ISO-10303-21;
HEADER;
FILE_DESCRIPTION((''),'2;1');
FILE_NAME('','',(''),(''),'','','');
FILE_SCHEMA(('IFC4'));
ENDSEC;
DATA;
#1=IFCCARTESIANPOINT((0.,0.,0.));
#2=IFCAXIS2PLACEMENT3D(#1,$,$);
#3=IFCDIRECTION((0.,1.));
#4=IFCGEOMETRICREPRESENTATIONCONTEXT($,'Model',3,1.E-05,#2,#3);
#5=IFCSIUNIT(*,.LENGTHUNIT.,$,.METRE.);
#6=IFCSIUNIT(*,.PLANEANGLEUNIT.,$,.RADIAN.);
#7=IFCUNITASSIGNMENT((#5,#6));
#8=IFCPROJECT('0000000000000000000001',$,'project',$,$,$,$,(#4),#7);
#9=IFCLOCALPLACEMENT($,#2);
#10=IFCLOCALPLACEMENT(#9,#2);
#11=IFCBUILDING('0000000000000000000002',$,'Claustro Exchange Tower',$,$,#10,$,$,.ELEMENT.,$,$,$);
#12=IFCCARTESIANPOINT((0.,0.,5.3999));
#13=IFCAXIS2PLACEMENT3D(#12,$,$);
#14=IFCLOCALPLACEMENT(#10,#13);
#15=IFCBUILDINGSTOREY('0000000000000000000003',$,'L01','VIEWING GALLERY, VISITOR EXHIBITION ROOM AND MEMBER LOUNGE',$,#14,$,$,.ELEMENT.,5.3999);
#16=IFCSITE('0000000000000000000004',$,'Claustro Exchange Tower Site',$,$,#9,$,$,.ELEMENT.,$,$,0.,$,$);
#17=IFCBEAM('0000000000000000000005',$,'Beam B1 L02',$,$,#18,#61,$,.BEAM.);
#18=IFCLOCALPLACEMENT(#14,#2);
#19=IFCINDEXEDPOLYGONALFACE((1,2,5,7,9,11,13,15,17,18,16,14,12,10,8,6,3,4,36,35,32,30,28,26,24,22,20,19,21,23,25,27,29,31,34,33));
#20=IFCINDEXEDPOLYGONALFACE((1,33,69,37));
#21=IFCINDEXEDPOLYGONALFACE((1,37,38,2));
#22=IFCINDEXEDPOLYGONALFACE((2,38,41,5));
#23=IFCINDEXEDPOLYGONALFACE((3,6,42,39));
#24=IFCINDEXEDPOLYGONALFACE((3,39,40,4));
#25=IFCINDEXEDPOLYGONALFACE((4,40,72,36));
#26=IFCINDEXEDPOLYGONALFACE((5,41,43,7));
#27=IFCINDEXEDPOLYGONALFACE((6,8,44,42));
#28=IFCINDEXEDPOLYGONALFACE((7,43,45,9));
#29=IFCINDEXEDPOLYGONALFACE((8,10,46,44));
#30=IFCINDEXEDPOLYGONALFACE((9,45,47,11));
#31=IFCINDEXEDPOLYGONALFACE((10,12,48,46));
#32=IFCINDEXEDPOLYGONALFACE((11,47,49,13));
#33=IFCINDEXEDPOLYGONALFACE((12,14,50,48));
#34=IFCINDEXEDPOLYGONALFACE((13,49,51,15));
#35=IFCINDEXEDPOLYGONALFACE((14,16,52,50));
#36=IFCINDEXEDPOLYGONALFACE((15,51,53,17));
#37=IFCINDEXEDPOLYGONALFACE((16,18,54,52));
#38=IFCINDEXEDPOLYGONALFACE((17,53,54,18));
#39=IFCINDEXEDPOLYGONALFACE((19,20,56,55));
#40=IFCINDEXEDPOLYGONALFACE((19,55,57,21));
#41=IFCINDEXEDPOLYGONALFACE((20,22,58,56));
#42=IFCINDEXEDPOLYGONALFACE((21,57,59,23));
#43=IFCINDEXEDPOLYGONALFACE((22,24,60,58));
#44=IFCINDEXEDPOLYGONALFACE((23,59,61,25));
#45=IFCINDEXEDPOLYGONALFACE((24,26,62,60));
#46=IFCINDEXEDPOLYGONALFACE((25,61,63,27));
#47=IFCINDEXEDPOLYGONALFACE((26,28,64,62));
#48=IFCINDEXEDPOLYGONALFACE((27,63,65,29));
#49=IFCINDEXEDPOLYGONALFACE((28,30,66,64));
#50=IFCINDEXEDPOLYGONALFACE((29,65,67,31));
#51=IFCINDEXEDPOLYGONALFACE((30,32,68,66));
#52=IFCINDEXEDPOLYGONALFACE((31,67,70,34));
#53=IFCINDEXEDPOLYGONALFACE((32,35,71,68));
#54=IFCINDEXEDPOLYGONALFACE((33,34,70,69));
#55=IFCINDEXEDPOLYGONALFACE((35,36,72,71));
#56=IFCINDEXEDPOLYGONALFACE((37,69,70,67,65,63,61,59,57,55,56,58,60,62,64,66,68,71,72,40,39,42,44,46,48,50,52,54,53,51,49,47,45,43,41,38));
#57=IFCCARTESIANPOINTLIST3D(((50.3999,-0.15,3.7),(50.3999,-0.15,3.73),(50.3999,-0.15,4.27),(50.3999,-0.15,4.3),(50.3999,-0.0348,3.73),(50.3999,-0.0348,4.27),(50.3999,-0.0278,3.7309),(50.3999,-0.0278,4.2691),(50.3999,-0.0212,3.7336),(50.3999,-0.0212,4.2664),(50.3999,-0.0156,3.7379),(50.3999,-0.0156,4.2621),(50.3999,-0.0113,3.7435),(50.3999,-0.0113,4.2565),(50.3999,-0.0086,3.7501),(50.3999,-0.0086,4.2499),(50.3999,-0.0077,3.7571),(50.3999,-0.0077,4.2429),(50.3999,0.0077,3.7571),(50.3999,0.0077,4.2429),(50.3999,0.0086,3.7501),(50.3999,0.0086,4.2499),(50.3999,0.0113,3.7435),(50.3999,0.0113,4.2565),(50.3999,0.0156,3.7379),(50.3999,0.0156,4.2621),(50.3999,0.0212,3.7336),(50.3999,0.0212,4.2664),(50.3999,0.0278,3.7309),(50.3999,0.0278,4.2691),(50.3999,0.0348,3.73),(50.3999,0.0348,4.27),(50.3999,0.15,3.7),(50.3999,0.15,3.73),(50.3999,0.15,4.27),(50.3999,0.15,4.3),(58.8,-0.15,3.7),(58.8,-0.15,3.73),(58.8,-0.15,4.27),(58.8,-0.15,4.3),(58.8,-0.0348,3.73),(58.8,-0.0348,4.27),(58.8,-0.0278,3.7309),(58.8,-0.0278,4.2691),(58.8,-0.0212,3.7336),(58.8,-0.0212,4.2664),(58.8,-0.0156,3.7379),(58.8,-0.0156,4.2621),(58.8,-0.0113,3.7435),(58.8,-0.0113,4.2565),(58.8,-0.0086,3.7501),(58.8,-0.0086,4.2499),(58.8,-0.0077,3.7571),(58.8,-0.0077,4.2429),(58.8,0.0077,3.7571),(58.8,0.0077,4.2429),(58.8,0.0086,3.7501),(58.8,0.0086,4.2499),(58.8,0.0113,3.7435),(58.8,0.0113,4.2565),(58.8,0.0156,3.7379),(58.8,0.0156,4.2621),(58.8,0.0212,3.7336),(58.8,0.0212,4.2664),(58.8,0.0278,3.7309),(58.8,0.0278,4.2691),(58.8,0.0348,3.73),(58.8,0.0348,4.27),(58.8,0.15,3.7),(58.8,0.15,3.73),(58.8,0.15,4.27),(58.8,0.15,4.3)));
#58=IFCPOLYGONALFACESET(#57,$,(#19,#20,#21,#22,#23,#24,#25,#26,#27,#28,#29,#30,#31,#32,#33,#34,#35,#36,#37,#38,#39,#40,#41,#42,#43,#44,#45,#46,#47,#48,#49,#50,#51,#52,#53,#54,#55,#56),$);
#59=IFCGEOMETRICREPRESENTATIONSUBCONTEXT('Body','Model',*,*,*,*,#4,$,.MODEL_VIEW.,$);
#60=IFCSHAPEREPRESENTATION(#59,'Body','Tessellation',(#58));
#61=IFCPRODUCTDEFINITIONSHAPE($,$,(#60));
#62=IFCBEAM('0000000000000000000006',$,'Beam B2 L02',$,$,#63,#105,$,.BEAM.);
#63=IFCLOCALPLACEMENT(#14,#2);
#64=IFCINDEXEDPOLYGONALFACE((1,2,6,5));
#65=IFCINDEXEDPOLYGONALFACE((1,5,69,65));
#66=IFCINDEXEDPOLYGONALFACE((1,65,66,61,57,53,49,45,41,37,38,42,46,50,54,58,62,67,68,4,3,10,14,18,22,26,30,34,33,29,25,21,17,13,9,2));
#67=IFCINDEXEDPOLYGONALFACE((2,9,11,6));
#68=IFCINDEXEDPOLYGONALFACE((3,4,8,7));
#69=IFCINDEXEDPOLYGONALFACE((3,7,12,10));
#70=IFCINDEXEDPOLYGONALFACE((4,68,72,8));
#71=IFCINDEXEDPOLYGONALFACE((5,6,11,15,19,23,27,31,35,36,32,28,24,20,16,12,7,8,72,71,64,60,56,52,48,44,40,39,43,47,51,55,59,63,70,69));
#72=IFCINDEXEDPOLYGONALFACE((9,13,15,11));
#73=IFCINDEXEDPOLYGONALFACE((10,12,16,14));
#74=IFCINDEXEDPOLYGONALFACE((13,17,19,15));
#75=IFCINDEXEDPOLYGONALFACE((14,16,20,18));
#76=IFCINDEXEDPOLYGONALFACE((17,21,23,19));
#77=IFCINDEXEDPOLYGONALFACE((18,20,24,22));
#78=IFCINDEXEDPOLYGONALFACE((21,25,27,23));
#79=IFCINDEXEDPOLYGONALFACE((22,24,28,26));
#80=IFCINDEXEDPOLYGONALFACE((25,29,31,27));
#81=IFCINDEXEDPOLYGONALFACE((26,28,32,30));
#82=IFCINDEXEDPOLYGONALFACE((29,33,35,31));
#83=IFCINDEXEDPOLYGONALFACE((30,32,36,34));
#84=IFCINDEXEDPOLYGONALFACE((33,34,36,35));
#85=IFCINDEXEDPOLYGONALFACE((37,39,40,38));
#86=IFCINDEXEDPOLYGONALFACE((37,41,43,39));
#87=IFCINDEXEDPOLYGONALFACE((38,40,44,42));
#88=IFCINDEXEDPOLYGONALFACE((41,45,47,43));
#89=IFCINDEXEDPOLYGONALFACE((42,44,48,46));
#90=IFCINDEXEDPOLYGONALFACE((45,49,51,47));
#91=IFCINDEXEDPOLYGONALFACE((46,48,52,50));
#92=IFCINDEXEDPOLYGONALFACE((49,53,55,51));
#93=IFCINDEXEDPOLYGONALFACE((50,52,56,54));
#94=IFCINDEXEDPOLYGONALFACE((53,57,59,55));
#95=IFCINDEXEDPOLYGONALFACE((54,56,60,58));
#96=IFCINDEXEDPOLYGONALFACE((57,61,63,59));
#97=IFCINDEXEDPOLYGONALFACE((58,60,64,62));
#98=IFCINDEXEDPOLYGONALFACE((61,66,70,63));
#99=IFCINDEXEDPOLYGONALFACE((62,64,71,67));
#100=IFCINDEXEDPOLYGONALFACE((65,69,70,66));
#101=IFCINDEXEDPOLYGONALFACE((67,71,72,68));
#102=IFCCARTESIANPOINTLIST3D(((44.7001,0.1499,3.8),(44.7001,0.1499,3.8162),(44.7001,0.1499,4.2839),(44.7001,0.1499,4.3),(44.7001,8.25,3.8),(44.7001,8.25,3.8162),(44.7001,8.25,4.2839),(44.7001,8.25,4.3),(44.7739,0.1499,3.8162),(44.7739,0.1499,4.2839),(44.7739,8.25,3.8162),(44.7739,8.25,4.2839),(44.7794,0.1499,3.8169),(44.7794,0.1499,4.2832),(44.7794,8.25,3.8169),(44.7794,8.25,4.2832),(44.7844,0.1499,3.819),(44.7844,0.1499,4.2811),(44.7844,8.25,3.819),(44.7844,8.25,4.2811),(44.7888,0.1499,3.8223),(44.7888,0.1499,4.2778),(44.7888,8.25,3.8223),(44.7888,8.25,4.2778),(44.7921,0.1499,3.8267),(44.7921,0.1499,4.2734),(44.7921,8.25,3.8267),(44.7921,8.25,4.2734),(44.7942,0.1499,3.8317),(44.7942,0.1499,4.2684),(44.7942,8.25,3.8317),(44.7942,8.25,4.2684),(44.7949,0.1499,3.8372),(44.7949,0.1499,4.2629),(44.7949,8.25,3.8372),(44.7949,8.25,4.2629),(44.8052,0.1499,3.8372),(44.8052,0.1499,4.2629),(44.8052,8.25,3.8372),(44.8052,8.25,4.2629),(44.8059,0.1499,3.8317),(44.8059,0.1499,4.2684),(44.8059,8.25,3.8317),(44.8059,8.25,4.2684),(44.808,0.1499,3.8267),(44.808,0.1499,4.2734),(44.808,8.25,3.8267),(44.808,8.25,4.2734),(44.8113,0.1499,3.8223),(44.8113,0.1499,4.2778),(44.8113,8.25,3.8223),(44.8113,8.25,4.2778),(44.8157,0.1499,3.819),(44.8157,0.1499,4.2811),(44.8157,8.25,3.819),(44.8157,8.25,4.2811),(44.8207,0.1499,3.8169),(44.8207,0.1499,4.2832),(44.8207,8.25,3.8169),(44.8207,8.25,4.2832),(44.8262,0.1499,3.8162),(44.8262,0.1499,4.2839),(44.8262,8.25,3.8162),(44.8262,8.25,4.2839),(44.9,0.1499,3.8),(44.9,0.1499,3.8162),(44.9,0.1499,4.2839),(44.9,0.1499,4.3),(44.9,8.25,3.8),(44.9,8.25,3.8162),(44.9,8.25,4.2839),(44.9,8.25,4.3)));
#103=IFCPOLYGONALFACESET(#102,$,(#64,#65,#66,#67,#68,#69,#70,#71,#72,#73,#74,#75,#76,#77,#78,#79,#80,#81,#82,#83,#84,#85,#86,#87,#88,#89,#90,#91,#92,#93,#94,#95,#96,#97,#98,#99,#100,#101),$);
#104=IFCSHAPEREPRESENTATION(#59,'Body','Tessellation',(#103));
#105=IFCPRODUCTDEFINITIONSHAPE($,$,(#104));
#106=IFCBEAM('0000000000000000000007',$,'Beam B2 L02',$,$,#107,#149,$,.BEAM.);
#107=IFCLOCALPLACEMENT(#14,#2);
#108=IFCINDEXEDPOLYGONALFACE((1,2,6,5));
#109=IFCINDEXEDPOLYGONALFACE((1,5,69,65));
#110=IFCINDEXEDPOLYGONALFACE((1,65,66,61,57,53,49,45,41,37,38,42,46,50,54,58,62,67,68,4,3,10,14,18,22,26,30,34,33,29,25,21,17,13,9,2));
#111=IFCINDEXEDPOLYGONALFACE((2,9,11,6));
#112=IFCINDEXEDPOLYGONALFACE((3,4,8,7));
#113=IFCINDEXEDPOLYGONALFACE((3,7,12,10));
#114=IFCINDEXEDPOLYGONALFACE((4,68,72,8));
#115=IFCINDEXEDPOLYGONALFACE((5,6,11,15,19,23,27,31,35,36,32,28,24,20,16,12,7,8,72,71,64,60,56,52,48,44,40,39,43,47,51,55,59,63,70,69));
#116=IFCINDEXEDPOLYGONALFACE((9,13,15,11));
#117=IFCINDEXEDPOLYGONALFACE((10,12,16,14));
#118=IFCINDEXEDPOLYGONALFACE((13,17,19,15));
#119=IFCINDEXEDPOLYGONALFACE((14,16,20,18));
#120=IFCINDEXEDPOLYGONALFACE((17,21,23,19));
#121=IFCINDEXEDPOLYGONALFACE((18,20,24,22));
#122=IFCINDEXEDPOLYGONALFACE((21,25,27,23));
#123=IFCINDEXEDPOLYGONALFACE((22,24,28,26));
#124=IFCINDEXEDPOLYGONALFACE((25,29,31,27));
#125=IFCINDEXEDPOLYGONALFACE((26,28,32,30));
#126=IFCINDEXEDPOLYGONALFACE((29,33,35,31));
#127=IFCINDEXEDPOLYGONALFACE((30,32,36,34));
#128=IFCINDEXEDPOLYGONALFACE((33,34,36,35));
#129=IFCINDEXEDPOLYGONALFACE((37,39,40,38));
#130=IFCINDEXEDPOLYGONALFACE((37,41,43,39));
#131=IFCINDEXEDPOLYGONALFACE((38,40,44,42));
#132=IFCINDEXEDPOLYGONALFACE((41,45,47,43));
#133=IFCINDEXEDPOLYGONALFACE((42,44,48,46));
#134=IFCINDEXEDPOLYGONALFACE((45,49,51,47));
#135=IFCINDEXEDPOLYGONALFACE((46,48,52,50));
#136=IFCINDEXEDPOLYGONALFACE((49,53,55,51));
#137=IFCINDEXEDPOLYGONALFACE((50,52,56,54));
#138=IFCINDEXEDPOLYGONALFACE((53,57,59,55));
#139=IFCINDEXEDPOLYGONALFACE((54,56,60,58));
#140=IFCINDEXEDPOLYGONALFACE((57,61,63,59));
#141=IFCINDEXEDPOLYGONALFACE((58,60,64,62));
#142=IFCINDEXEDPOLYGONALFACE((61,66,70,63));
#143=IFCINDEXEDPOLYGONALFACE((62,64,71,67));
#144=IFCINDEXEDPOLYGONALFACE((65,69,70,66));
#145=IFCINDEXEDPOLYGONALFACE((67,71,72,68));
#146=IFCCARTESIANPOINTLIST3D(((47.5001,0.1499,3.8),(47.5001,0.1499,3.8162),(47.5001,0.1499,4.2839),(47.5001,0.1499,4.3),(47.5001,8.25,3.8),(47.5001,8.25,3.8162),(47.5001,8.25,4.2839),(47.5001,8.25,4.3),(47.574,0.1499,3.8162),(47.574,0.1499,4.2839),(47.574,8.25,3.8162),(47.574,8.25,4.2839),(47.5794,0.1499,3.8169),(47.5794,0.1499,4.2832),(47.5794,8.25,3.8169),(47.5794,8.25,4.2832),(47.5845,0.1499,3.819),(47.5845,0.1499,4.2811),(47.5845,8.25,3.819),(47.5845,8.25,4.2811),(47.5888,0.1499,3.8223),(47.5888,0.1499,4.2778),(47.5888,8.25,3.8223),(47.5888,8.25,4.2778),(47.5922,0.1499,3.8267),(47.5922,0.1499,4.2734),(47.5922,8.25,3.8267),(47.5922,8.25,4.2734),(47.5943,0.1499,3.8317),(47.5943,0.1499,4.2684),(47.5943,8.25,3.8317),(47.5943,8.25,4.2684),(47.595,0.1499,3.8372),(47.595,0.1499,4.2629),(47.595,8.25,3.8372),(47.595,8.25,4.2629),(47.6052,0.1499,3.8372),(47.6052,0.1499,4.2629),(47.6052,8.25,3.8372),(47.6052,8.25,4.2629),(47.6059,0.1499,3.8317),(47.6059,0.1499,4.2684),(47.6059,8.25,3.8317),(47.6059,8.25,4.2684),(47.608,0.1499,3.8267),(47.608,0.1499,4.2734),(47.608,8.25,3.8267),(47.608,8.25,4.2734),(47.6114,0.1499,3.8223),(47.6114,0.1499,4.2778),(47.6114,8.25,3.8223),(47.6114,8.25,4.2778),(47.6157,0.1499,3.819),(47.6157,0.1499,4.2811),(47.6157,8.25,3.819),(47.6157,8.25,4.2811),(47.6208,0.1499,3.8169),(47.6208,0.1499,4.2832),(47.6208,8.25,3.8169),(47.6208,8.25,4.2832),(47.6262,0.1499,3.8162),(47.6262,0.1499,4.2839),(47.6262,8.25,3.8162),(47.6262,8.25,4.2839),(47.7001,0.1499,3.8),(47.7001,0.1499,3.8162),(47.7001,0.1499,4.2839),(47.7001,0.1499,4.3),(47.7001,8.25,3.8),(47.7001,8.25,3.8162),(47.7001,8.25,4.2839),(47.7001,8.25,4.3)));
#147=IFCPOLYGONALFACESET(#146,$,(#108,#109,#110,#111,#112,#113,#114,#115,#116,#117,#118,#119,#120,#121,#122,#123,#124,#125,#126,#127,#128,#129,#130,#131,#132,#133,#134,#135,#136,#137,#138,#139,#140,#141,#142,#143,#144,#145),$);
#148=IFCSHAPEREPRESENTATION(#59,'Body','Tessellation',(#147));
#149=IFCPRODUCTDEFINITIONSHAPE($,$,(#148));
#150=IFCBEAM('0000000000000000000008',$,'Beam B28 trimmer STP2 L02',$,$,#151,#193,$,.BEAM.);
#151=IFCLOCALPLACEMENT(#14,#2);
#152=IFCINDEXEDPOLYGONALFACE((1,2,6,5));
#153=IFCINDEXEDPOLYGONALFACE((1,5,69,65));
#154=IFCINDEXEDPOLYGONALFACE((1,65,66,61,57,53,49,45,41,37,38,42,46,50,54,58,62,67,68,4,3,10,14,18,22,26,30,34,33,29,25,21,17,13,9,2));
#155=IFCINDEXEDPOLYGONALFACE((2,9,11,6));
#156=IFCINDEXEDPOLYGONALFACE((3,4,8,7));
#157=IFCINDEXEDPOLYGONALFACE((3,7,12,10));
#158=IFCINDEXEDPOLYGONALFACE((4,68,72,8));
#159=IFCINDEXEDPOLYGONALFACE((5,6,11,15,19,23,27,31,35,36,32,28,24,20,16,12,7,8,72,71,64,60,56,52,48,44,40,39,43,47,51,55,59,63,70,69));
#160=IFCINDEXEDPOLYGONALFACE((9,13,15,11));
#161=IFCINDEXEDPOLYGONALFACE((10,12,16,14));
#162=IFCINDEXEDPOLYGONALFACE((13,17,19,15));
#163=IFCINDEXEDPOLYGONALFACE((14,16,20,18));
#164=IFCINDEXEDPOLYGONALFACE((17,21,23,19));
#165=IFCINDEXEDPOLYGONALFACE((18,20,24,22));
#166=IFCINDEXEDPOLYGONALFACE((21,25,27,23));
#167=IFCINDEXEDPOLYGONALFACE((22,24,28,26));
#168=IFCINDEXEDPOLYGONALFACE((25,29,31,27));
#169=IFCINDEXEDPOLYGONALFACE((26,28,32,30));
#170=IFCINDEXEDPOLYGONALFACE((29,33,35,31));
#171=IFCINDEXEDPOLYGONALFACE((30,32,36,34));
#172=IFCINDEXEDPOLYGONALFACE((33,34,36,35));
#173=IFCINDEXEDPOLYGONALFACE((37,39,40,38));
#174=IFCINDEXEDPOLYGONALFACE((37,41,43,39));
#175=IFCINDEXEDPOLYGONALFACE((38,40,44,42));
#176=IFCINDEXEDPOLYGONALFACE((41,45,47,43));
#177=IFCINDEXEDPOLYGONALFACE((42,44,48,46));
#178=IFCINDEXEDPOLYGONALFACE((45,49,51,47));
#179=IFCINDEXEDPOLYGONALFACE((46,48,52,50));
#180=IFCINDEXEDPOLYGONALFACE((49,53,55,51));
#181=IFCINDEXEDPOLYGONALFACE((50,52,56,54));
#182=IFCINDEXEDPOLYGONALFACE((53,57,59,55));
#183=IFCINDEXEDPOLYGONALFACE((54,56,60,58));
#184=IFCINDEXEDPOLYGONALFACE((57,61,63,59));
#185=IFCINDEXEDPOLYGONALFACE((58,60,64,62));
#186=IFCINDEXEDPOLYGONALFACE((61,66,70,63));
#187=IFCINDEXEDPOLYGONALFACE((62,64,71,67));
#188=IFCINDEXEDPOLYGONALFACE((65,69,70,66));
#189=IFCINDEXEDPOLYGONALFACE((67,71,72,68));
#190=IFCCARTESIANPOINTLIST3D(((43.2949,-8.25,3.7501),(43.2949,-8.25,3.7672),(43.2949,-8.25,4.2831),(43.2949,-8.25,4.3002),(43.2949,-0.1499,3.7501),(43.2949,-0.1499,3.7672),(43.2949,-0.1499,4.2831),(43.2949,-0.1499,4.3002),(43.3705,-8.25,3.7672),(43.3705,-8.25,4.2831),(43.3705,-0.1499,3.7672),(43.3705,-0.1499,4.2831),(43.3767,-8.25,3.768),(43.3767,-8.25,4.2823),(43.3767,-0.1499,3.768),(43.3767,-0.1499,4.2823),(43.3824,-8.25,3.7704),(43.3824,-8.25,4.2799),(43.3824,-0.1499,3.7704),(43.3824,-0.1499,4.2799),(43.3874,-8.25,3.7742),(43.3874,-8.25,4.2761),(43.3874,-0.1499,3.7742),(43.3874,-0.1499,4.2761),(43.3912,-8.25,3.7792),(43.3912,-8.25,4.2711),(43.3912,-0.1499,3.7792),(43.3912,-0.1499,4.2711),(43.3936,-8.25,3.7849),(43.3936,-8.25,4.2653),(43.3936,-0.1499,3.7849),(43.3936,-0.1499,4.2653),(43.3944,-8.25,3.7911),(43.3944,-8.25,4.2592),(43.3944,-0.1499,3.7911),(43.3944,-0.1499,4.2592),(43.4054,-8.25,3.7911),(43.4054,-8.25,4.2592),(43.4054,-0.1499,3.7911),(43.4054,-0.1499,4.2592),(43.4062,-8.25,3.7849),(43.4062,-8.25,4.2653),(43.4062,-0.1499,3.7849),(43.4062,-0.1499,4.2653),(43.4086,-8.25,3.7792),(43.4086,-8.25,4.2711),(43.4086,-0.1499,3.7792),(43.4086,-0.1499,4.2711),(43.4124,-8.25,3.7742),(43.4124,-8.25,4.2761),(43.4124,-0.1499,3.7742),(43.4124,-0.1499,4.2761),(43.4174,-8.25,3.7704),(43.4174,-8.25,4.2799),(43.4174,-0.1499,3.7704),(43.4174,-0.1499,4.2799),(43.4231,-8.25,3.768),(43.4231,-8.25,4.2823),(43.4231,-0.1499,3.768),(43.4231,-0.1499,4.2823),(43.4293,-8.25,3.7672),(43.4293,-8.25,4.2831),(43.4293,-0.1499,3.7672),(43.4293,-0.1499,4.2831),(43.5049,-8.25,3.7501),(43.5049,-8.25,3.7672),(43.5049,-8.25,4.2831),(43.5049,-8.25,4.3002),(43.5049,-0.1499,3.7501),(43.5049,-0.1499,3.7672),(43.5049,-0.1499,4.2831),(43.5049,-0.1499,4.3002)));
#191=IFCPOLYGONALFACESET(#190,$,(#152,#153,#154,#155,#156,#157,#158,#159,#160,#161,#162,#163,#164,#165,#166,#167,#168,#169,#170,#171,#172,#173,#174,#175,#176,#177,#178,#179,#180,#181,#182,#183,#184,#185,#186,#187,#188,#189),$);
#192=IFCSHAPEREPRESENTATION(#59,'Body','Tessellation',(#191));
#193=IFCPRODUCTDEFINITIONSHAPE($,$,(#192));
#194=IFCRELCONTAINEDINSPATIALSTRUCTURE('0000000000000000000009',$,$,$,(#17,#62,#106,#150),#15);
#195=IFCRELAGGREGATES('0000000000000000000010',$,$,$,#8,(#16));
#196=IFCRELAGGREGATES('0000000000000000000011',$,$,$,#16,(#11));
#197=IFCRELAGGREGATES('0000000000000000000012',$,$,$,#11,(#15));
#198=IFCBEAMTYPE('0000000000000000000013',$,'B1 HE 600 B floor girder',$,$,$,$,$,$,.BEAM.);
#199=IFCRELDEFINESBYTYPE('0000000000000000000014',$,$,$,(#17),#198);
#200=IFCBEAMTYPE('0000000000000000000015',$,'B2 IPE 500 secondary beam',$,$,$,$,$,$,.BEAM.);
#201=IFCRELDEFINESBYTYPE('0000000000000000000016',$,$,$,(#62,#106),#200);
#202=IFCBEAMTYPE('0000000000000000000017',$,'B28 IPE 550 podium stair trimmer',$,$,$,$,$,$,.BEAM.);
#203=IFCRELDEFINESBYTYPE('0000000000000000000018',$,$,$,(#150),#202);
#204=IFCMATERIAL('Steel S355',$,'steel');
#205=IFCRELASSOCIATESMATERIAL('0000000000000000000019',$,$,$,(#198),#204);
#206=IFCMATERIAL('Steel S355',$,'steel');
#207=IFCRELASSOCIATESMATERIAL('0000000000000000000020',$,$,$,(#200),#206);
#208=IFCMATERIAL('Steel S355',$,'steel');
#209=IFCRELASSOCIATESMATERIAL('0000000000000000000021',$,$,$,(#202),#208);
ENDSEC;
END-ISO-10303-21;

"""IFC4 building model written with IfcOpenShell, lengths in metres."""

from ifc_helpers import new_model, si_unit, direction, frame, origin, origin_2d, place, context, subcontext, project, spatial, i_section, extrude, material, material_profile, profile_set, type_object, element, save


model = new_model("IFC4")

# Units and contexts
model_context = context("Model", 3, precision=1e-05, world=origin(), true_north=direction((0.0, 1.0)))
body_context = subcontext(model_context, "Body", "Model", "MODEL_VIEW")
ifc_project = project(units=[si_unit("LENGTHUNIT", "METRE"), si_unit("PLANEANGLEUNIT", "RADIAN")], contexts=[model_context])

# Site, building, storey
site_placement = place(None, origin())
site = spatial("IfcSite", under=ifc_project, at=site_placement, Name="Claustro Exchange Tower Site", CompositionType="ELEMENT", RefElevation=0.0)
building_placement = place(site_placement, origin())
building = spatial("IfcBuilding", under=site, at=building_placement, Name="Claustro Exchange Tower", CompositionType="ELEMENT")
storey_placement = place(building_placement, frame((0.0, 0.0, 5.3999)))
storey = spatial("IfcBuildingStorey", under=building, at=storey_placement, Name="L01", Description="VIEWING GALLERY, VISITOR EXHIBITION ROOM AND MEMBER LOUNGE", CompositionType="ELEMENT", Elevation=5.3999)

# Beams
ifc_material_1 = material(Name="Steel S355", Category="steel")
ifc_material_profile_1 = material_profile(ifc_material_1, i_section(OverallWidth=0.3, OverallDepth=0.6001, WebThickness=0.0154, FlangeThickness=0.03, FilletRadius=0.0271, at=origin_2d()), Name="HE 600 B")
ifc_profile_set_1 = profile_set([ifc_material_profile_1], Name="Steel S355")
beam_type_1 = type_object("IfcBeamType", Name="B1 HE 600 B floor girder", PredefinedType="BEAM", material=ifc_profile_set_1)
for number, where, z_axis, x_axis, name in (
    (1, (50.3999, 0.0, 4.0), (1.0, 0.0, 0.0), (0.0, 1.0, 0.0), "Beam B1 L02"),
):
    element("IfcBeam", number, at=place(storey_placement, frame(where, z_axis=z_axis, x_axis=x_axis)), inside=storey, type_object=beam_type_1, Name=name, PredefinedType="BEAM", context=body_context, shape_type="SweptSolid", body=[
        extrude(i_section(OverallWidth=0.3, OverallDepth=0.6001, WebThickness=0.0154, FlangeThickness=0.03, FilletRadius=0.0271, at=origin_2d()), origin(), (0.0, 0.0, 1.0), 8.4001),
    ])
ifc_material_2 = material(Name="Steel S355", Category="steel")
ifc_material_profile_2 = material_profile(ifc_material_2, i_section(OverallWidth=0.2, OverallDepth=0.5, WebThickness=0.0103, FlangeThickness=0.0161, FilletRadius=0.021, at=origin_2d()), Name="IPE 500")
ifc_profile_set_2 = profile_set([ifc_material_profile_2], Name="Steel S355")
beam_type_2 = type_object("IfcBeamType", Name="B2 IPE 500 secondary beam", PredefinedType="BEAM", material=ifc_profile_set_2)
for number, where, z_axis, x_axis, name in (
    (2, (44.8, 0.1499, 4.05), (0.0, 1.0, 0.0), (-1.0, 0.0, 0.0), "Beam B2 L02"),
    (3, (47.6001, 0.1499, 4.05), (0.0, 1.0, 0.0), (-1.0, 0.0, 0.0), "Beam B2 L02"),
):
    element("IfcBeam", number, at=place(storey_placement, frame(where, z_axis=z_axis, x_axis=x_axis)), inside=storey, type_object=beam_type_2, Name=name, PredefinedType="BEAM", context=body_context, shape_type="SweptSolid", body=[
        extrude(i_section(OverallWidth=0.2, OverallDepth=0.5, WebThickness=0.0103, FlangeThickness=0.0161, FilletRadius=0.021, at=origin_2d()), origin(), (0.0, 0.0, 1.0), 8.1001),
    ])
ifc_material_3 = material(Name="Steel S355", Category="steel")
ifc_material_profile_3 = material_profile(ifc_material_3, i_section(OverallWidth=0.21, OverallDepth=0.55, WebThickness=0.011, FlangeThickness=0.0171, FilletRadius=0.0239, at=origin_2d()), Name="IPE 550")
ifc_profile_set_3 = profile_set([ifc_material_profile_3], Name="Steel S355")
beam_type_3 = type_object("IfcBeamType", Name="B28 IPE 550 podium stair trimmer", PredefinedType="BEAM", material=ifc_profile_set_3)
beam_placement = place(storey_placement, frame((43.3999, -8.25, 4.0251), z_axis=(0.0, 1.0, 0.0), x_axis=(-1.0, 0.0, 0.0)))
element("IfcBeam", 4, at=beam_placement, inside=storey, type_object=beam_type_3, Name="Beam B28 trimmer STP2 L02", PredefinedType="BEAM", context=body_context, shape_type="SweptSolid", body=[
    extrude(i_section(OverallWidth=0.21, OverallDepth=0.55, WebThickness=0.011, FlangeThickness=0.0171, FilletRadius=0.0239, at=origin_2d()), origin(), (0.0, 0.0, 1.0), 8.1001),
])

save(model, "model.ifc")
